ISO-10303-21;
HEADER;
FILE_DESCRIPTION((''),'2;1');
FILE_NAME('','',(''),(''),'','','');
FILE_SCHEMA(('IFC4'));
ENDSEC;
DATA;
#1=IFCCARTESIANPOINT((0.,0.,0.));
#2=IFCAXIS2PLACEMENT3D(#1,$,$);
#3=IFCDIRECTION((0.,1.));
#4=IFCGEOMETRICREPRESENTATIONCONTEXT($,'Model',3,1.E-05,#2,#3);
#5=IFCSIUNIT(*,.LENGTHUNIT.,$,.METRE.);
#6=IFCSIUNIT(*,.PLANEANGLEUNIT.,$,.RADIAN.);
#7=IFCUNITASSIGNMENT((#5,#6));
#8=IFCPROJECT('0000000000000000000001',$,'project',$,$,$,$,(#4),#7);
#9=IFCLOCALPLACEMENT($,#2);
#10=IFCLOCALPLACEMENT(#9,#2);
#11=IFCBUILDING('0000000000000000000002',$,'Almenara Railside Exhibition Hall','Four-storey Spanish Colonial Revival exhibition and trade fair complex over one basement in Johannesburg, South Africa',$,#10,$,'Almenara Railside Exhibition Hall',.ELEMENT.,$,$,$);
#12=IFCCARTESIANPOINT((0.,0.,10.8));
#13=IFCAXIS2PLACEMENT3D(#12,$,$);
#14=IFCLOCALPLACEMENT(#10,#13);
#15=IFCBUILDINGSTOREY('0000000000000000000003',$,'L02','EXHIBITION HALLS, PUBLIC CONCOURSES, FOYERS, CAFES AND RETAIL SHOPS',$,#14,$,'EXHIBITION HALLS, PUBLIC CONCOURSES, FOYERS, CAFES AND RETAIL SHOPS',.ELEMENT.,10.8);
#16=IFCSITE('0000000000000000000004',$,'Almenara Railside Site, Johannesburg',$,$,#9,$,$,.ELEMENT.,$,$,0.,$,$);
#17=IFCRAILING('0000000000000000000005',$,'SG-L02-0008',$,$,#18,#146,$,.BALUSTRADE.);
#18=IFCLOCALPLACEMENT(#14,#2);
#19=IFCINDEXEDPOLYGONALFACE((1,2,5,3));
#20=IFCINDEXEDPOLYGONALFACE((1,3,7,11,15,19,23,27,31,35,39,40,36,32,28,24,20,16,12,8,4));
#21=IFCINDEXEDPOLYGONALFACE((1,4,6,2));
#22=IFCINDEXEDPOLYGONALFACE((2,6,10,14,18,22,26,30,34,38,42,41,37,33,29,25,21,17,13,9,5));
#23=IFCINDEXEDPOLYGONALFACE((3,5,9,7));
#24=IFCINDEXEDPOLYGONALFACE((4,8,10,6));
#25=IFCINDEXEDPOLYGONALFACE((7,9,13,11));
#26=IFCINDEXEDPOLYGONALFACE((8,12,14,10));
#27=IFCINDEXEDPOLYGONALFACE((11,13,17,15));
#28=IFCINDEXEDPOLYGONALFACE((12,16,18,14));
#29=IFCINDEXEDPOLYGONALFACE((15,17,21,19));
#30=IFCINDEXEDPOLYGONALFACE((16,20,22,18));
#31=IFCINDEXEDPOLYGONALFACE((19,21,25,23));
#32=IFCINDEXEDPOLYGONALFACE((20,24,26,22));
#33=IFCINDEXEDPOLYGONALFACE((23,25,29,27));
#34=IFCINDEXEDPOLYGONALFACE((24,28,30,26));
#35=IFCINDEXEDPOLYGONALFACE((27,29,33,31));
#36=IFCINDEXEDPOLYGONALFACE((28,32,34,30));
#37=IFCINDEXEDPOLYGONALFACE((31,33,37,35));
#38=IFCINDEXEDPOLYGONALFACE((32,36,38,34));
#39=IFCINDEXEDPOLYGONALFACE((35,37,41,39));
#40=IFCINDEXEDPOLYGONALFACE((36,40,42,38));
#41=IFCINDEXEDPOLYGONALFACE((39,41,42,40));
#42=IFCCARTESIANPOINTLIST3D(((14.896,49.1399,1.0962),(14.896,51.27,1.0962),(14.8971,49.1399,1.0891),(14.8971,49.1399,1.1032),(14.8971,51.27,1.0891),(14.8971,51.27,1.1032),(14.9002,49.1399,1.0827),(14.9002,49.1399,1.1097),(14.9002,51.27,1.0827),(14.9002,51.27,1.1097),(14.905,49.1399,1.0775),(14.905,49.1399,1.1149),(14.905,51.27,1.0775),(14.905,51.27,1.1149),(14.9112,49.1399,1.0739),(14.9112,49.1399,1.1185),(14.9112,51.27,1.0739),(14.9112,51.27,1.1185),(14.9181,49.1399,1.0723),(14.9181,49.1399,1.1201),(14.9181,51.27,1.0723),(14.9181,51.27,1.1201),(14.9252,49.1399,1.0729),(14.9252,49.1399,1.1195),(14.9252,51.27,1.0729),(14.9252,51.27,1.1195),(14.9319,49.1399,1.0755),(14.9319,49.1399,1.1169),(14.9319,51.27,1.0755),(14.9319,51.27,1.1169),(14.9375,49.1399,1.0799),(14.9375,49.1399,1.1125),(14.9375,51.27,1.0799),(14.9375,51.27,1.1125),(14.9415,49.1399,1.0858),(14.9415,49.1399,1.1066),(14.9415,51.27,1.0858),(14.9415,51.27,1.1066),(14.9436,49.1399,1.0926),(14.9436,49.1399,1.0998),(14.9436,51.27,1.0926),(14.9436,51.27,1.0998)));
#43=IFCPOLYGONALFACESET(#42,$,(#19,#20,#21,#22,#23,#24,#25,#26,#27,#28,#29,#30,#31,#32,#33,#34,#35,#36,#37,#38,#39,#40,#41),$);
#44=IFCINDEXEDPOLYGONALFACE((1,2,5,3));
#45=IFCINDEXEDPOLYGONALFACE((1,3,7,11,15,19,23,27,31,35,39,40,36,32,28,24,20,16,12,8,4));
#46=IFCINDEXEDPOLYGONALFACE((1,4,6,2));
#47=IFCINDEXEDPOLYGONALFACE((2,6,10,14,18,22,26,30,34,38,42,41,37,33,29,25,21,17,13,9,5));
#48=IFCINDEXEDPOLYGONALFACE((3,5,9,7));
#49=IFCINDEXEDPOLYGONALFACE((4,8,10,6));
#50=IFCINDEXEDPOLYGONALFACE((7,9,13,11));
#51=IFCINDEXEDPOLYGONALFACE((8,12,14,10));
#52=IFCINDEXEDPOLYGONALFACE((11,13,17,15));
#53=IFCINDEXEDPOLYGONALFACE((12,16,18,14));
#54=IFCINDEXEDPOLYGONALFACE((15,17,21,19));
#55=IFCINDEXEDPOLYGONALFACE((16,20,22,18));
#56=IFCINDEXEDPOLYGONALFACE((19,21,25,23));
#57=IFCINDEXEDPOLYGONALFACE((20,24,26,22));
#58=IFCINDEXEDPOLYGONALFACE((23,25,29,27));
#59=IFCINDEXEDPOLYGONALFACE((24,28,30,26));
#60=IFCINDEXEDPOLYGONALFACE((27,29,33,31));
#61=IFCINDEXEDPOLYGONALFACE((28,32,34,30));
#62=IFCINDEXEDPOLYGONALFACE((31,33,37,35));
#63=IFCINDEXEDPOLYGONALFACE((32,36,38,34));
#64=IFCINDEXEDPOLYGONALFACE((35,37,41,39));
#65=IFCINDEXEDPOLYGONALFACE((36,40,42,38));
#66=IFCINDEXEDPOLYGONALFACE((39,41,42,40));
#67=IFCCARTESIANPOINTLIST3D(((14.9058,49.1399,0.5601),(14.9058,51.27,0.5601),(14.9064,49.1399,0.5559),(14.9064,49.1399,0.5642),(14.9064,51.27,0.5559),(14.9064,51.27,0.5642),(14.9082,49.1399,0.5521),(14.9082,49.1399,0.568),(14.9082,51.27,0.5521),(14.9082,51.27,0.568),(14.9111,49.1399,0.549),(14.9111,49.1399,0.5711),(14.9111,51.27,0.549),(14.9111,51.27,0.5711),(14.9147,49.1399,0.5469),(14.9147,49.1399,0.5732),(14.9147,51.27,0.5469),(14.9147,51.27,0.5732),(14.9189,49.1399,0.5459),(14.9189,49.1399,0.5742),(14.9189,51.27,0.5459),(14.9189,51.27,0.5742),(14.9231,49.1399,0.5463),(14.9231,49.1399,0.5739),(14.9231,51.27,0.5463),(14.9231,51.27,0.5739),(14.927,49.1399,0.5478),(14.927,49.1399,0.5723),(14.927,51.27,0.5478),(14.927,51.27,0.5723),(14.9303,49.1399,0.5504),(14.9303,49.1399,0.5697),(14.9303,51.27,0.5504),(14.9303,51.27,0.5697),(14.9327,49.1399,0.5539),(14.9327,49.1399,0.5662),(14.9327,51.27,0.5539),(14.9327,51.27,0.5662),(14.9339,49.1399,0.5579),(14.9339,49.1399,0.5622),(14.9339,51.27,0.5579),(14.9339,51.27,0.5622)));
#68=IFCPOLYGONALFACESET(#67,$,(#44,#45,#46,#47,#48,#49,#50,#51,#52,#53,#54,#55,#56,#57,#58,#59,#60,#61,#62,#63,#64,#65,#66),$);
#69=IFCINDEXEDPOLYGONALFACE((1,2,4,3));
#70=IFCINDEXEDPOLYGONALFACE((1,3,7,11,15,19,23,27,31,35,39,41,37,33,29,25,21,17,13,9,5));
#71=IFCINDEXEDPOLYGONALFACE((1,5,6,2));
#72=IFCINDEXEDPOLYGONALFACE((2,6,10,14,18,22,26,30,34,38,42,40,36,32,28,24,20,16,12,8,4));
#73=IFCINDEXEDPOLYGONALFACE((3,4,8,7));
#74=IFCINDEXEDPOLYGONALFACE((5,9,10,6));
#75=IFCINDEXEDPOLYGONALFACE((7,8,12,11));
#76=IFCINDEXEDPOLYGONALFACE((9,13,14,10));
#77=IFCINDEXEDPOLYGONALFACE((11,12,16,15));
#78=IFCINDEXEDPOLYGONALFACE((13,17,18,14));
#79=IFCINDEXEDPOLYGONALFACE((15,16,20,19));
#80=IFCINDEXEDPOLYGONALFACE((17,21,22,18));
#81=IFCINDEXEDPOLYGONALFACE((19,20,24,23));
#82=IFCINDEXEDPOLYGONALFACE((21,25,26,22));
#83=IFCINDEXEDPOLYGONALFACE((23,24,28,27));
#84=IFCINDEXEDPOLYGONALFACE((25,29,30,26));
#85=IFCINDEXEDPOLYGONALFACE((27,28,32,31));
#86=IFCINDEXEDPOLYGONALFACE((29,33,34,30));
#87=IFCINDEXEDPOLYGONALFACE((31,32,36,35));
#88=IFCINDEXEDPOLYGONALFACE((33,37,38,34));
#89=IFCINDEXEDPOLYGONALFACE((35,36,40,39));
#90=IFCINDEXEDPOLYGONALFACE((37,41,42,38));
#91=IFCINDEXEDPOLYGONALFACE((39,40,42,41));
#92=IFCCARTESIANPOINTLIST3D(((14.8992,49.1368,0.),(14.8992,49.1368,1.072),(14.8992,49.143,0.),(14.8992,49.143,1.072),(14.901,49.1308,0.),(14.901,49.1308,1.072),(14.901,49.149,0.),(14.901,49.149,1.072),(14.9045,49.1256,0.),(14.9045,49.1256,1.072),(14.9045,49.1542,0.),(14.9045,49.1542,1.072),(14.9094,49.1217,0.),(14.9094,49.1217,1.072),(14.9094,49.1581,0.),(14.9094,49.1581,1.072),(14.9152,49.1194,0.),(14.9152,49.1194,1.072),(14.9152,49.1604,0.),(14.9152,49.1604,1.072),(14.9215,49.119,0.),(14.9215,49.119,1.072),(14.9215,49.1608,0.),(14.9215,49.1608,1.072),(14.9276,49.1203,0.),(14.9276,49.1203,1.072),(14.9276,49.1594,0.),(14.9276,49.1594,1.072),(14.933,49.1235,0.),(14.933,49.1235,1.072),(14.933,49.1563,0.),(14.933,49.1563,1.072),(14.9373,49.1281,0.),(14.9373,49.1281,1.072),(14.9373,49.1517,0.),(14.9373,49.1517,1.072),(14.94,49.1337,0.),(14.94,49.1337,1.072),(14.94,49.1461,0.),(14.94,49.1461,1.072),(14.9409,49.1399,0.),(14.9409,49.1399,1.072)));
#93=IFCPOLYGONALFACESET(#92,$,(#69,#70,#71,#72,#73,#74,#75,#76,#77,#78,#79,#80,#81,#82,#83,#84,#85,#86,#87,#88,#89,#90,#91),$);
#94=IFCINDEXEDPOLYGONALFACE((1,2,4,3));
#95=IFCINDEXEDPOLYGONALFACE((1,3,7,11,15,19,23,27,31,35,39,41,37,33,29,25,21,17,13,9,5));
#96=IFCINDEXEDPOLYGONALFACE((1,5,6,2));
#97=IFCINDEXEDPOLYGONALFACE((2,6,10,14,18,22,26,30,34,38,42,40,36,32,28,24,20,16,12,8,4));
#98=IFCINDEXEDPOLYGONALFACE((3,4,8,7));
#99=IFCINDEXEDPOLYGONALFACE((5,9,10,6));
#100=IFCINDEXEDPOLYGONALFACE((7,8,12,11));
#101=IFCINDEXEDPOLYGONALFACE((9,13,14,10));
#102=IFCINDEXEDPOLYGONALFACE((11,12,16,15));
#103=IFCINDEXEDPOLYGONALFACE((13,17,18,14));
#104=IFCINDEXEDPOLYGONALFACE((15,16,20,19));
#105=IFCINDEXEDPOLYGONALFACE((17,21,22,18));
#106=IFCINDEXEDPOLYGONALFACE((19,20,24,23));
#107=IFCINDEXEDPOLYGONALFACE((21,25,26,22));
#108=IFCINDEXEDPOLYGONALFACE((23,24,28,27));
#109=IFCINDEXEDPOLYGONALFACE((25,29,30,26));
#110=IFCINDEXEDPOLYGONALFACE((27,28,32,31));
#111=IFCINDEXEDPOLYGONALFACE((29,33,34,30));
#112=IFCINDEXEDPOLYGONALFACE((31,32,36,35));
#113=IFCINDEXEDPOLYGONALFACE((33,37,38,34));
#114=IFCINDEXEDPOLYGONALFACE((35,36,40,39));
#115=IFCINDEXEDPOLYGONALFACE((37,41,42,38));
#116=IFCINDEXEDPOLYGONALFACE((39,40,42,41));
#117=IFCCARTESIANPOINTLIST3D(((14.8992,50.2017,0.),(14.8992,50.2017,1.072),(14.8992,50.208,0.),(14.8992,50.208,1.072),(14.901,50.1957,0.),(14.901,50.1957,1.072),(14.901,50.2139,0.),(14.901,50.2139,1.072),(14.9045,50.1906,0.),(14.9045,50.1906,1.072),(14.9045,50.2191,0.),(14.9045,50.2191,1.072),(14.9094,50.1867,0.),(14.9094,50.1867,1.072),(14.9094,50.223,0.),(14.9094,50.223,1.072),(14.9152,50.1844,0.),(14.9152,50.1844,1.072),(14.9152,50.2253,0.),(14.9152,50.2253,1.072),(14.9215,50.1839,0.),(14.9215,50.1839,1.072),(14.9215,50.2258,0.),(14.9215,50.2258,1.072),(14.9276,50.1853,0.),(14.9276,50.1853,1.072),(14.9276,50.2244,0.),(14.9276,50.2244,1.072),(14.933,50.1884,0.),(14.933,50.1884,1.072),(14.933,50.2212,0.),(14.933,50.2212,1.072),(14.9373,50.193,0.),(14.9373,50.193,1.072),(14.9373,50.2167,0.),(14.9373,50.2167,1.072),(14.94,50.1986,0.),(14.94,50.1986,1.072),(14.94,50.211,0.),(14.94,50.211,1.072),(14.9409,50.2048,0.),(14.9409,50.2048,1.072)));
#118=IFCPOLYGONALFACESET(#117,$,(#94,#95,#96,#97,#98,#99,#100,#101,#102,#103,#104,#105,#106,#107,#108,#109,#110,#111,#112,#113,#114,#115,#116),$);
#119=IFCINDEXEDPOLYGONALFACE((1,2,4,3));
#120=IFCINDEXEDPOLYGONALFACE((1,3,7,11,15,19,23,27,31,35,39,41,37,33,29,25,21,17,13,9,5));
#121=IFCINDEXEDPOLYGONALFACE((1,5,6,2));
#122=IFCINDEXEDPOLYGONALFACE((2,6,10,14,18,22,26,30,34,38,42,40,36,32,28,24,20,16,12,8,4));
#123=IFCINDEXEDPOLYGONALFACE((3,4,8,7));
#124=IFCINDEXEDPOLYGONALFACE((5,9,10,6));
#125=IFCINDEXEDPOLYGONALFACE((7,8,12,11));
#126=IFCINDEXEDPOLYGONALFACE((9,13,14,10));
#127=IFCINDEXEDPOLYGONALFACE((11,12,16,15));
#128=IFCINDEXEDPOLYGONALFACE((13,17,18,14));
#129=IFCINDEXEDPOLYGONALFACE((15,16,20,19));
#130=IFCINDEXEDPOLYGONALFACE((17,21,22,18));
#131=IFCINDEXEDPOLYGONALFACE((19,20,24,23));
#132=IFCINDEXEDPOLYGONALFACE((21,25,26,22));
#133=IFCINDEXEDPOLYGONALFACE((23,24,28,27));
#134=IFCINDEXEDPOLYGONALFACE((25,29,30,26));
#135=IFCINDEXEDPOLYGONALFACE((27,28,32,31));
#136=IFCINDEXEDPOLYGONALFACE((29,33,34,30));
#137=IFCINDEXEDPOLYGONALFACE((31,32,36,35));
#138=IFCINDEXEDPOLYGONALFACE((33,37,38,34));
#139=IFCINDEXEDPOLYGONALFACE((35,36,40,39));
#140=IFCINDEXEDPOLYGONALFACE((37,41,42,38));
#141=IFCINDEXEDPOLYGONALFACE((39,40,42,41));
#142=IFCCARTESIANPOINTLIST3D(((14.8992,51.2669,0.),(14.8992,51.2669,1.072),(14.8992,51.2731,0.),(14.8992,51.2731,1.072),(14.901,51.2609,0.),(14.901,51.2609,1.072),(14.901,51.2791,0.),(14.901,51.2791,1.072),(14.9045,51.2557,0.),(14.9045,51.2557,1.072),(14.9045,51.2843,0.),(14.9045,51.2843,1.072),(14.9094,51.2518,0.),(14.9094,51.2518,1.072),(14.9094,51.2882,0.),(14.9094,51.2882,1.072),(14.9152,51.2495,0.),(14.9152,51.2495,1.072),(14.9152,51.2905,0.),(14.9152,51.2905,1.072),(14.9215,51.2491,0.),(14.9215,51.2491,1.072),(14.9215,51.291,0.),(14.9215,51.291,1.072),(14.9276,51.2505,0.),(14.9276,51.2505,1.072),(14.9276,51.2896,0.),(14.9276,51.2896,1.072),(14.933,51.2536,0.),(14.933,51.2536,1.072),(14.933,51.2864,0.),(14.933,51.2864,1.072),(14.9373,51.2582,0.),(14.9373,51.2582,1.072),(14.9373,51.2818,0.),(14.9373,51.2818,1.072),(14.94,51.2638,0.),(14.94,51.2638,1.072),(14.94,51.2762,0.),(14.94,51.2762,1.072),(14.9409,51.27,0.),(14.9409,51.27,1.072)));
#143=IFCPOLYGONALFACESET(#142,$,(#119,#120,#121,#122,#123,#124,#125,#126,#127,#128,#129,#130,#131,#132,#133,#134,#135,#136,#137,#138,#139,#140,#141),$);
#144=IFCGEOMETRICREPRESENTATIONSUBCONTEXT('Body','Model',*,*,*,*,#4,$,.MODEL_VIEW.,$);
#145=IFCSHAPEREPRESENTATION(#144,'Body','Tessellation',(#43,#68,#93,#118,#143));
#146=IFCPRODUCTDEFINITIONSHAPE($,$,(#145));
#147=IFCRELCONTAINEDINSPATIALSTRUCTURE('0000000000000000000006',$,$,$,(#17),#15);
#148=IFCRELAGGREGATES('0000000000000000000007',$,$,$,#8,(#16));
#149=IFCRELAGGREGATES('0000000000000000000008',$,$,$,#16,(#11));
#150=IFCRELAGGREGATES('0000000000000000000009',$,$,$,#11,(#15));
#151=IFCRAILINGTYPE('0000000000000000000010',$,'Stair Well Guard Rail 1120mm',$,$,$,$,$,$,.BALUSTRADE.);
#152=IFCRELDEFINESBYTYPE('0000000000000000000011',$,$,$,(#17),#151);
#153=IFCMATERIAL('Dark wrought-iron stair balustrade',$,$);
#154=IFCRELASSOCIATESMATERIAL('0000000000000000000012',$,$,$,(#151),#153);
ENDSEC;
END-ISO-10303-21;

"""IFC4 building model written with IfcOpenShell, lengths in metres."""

from ifc_helpers import new_model, si_unit, direction, frame, origin, origin_2d, place, context, subcontext, project, spatial, circle, extrude, material, type_object, element, save


model = new_model("IFC4")

# Units and contexts
model_context = context("Model", 3, precision=1e-05, world=origin(), true_north=direction((0.0, 1.0)))
body_context = subcontext(model_context, "Body", "Model", "MODEL_VIEW")
ifc_project = project(units=[si_unit("LENGTHUNIT", "METRE"), si_unit("PLANEANGLEUNIT", "RADIAN")], contexts=[model_context])

# Site, building, storey
site_placement = place(None, origin())
site = spatial("IfcSite", under=ifc_project, at=site_placement, Name="Almenara Railside Site, Johannesburg", CompositionType="ELEMENT", RefElevation=0.0)
building_placement = place(site_placement, origin())
building = spatial("IfcBuilding", under=site, at=building_placement, Name="Almenara Railside Exhibition Hall", Description="Four-storey Spanish Colonial Revival exhibition and trade fair complex over one basement in Johannesburg, South Africa", LongName="Almenara Railside Exhibition Hall", CompositionType="ELEMENT")
storey_placement = place(building_placement, frame((0.0, 0.0, 10.8)))
storey = spatial("IfcBuildingStorey", under=building, at=storey_placement, Name="L02", Description="EXHIBITION HALLS, PUBLIC CONCOURSES, FOYERS, CAFES AND RETAIL SHOPS", LongName="EXHIBITION HALLS, PUBLIC CONCOURSES, FOYERS, CAFES AND RETAIL SHOPS", CompositionType="ELEMENT", Elevation=10.8)

# Railing
ifc_material_1 = material(Name="Dark wrought-iron stair balustrade")
railing_type = type_object("IfcRailingType", Name="Stair Well Guard Rail 1120mm", PredefinedType="BALUSTRADE", material=ifc_material_1)
railing_placement = place(storey_placement, frame((14.9199, 49.1399, 0.0)))
element("IfcRailing", 1, at=railing_placement, inside=storey, type_object=railing_type, Name="SG-L02-0008", PredefinedType="BALUSTRADE", context=body_context, shape_type="SweptSolid", body=[
    extrude(circle(Radius=0.0239, at=origin_2d()), frame((0.0, 0.0, 1.0962), z_axis=(0.0, 1.0, 0.0), x_axis=(-1.0, 0.0, 0.0)), (0.0, 0.0, 1.0), 2.1301),
    extrude(circle(Radius=0.0142, at=origin_2d()), frame((0.0, 0.0, 0.5601), z_axis=(0.0, 1.0, 0.0), x_axis=(-1.0, 0.0, 0.0)), (0.0, 0.0, 1.0), 2.1301),
    extrude(circle(Radius=0.021, at=origin_2d()), origin(), (0.0, 0.0, 1.0), 1.072),
    extrude(circle(Radius=0.021, at=origin_2d()), frame((0.0, 1.0649, 0.0)), (0.0, 0.0, 1.0), 1.072),
    extrude(circle(Radius=0.021, at=origin_2d()), frame((0.0, 2.1301, 0.0)), (0.0, 0.0, 1.0), 1.072),
])

save(model, "model.ifc")
